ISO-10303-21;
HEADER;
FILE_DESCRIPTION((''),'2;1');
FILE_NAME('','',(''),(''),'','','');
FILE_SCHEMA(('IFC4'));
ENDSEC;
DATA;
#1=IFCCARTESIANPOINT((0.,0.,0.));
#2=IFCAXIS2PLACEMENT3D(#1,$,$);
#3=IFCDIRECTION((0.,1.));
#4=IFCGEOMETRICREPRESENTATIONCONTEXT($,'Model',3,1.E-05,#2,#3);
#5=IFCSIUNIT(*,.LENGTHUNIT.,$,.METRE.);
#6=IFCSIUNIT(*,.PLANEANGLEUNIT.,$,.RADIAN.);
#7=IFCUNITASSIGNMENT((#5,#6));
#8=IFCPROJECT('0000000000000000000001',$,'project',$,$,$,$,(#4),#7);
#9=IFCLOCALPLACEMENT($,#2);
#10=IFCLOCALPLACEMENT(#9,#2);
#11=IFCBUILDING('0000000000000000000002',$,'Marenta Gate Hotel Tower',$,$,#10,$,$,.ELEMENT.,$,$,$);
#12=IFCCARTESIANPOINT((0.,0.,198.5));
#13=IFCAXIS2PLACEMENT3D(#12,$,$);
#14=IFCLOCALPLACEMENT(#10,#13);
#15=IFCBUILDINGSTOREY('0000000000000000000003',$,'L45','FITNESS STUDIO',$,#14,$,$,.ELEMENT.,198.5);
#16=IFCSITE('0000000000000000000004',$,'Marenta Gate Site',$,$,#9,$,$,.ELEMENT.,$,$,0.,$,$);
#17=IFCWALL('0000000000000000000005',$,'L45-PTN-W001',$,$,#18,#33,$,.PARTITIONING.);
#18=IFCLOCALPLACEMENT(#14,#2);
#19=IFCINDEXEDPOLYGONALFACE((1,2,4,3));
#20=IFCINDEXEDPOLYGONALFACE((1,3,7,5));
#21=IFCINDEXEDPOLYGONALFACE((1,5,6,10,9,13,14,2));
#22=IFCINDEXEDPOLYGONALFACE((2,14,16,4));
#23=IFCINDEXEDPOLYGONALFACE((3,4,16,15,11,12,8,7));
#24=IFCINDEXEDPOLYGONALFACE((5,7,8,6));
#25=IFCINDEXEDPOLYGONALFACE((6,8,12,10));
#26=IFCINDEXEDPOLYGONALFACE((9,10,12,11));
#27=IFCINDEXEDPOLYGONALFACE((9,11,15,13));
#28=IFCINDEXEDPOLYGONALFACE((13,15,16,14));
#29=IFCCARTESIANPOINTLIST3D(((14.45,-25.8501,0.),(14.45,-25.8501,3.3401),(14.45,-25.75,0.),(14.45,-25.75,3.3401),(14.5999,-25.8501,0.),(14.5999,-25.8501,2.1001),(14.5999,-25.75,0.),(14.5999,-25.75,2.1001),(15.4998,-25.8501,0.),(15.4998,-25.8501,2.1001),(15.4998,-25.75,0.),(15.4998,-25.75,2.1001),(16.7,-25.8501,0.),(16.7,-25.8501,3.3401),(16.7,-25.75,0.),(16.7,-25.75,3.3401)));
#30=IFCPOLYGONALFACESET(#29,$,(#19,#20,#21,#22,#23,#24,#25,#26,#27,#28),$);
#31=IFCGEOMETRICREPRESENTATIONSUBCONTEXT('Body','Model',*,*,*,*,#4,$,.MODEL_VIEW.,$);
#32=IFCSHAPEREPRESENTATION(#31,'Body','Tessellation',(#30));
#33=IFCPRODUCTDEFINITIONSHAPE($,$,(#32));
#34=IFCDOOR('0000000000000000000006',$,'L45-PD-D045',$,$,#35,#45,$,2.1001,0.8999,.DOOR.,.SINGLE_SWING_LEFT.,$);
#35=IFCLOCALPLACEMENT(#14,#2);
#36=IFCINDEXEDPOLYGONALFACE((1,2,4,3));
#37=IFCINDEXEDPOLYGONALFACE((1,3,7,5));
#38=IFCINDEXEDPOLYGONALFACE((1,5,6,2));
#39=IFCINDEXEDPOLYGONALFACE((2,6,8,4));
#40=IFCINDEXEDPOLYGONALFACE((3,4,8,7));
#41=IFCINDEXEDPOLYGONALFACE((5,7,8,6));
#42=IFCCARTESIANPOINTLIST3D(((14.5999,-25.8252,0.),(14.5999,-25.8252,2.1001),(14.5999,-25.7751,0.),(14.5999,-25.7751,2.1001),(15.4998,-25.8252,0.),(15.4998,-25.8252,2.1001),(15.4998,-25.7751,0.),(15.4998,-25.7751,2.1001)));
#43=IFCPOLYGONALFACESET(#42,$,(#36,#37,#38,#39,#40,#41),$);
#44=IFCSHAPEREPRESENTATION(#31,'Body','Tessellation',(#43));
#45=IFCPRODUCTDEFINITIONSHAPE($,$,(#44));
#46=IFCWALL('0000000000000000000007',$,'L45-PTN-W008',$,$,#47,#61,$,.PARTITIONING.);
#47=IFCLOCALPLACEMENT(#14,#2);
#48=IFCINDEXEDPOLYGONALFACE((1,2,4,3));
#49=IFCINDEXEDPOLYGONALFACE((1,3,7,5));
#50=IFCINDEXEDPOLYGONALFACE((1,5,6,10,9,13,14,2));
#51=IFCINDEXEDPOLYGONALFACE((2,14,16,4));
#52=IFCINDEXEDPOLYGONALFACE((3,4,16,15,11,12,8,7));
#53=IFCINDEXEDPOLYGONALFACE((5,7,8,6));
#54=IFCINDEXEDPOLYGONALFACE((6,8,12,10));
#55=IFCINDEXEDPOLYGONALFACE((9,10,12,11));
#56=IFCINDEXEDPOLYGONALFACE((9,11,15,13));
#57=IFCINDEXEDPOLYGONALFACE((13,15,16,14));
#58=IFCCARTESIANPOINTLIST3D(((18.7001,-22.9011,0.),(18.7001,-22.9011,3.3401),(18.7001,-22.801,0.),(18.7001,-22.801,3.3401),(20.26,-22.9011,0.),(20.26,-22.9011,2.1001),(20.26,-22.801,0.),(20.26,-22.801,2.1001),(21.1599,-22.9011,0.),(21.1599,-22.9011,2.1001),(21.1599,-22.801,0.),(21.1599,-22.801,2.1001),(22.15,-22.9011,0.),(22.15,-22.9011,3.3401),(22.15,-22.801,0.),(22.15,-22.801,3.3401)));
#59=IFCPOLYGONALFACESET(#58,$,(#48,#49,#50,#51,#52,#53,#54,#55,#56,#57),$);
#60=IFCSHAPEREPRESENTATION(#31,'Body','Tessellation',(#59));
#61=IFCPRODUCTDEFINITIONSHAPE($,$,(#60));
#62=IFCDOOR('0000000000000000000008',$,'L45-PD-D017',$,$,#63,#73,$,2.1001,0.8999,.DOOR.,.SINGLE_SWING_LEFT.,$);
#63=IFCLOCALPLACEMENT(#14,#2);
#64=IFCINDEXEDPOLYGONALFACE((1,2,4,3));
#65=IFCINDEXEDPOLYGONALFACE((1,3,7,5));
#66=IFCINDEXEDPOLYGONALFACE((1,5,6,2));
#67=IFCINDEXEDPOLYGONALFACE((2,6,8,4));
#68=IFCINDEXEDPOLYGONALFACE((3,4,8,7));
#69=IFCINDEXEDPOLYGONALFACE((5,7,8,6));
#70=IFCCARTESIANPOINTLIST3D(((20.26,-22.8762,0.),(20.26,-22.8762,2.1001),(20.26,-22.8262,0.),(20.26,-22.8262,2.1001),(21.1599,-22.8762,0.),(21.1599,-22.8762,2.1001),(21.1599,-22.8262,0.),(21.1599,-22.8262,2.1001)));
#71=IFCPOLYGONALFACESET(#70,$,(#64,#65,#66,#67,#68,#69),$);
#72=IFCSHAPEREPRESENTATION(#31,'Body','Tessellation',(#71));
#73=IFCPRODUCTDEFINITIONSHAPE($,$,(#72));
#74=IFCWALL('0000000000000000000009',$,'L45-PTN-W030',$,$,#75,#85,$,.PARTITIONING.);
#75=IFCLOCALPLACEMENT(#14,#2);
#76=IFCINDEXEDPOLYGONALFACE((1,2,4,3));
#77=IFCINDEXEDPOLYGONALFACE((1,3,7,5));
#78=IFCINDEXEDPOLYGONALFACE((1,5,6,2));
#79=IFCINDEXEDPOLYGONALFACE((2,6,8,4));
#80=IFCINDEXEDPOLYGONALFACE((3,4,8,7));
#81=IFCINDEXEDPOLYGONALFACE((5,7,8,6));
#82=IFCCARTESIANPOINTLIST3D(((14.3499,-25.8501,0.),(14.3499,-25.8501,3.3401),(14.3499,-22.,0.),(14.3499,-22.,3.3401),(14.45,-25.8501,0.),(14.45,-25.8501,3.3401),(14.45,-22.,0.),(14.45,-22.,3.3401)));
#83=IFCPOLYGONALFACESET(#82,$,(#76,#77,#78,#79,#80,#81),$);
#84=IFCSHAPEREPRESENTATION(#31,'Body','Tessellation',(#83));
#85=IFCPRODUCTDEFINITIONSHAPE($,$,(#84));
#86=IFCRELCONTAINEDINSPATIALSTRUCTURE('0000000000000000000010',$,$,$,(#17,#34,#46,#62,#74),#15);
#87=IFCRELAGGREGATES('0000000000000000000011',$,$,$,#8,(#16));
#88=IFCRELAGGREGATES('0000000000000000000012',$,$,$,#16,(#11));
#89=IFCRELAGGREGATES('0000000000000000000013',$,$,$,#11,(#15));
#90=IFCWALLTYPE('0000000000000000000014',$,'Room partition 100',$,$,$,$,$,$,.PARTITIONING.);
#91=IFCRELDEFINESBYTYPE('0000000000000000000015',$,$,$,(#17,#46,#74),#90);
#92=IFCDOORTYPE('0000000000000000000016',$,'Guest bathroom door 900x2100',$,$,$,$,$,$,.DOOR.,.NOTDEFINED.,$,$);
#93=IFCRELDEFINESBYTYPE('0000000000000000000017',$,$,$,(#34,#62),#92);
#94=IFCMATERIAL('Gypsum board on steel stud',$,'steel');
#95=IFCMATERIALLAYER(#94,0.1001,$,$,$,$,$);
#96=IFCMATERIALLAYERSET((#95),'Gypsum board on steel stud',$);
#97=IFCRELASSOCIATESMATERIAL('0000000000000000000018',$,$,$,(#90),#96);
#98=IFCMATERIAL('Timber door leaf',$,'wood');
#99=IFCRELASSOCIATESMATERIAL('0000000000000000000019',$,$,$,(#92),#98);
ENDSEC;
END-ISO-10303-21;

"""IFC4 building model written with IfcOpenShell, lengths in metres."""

from ifc_helpers import new_model, si_unit, direction, frame, frame_2d, origin, place, context, subcontext, project, spatial, rectangle, extrude, material, layer, layer_set, type_object, element, fill, save


model = new_model("IFC4")

# Units and contexts
model_context = context("Model", 3, precision=1e-05, world=origin(), true_north=direction((0.0, 1.0)))
body_context = subcontext(model_context, "Body", "Model", "MODEL_VIEW")
ifc_project = project(units=[si_unit("LENGTHUNIT", "METRE"), si_unit("PLANEANGLEUNIT", "RADIAN")], contexts=[model_context])

# Site, building, storey
site_placement = place(None, origin())
site = spatial("IfcSite", under=ifc_project, at=site_placement, Name="Marenta Gate Site", CompositionType="ELEMENT", RefElevation=0.0)
building_placement = place(site_placement, origin())
building = spatial("IfcBuilding", under=site, at=building_placement, Name="Marenta Gate Hotel Tower", CompositionType="ELEMENT")
storey_placement = place(building_placement, frame((0.0, 0.0, 198.5)))
storey = spatial("IfcBuildingStorey", under=building, at=storey_placement, Name="L45", Description="FITNESS STUDIO", CompositionType="ELEMENT", Elevation=198.5)

# Walls, openings, doors
ifc_material_1 = material(Name="Gypsum board on steel stud", Category="steel")
ifc_layer_1 = layer(ifc_material_1, 0.1001)
ifc_layer_set_1 = layer_set([ifc_layer_1], Name="Gypsum board on steel stud")
wall_type_1 = type_object("IfcWallType", Name="Room partition 100", PredefinedType="PARTITIONING", material=ifc_layer_set_1)
wall_1_placement = place(storey_placement, frame((14.45, -25.8, 0.0), z_axis=(0.0, 0.0, 1.0), x_axis=(1.0, 0.0, 0.0)))
wall_1 = element("IfcWall", 1, at=wall_1_placement, inside=storey, type_object=wall_type_1, Name="L45-PTN-W001", PredefinedType="PARTITIONING", context=body_context, shape_type="SweptSolid", body=[
    extrude(rectangle(XDim=2.25, YDim=0.1001, at=frame_2d((1.125, 0.0))), origin(), (0.0, 0.0, 1.0), 3.3401),
])
opening_1_placement = place(wall_1_placement, frame((0.1499, 0.0, 0.0)))
opening_1 = element("IfcOpeningElement", 2, at=opening_1_placement, cuts=wall_1, PredefinedType="OPENING", context=body_context, shape_type="SweptSolid", body=[
    extrude(rectangle(XDim=0.8999, YDim=2.1001, at=frame_2d((0.45, 1.05))), frame((0.0, 0.05, 0.0), z_axis=(0.0, -1.0, 0.0), x_axis=(1.0, 0.0, 0.0)), (0.0, 0.0, 1.0), 0.1001),
])
ifc_material_2 = material(Name="Timber door leaf", Category="wood")
door_type_1 = type_object("IfcDoorType", Name="Guest bathroom door 900x2100", OperationType="NOTDEFINED", PredefinedType="DOOR", material=ifc_material_2)
door_1_placement = place(opening_1_placement, origin())
door_1 = element("IfcDoor", 3, at=door_1_placement, inside=storey, type_object=door_type_1, Name="L45-PD-D045", OperationType="SINGLE_SWING_LEFT", OverallHeight=2.1001, OverallWidth=0.8999, PredefinedType="DOOR", context=body_context, shape_type="SweptSolid", body=[
    extrude(rectangle(XDim=0.8999, YDim=2.1001, at=frame_2d((0.45, 1.05))), frame((0.0, 0.0249, 0.0), z_axis=(0.0, -1.0, 0.0), x_axis=(1.0, 0.0, 0.0)), (0.0, 0.0, 1.0), 0.05),
])
fill(opening_1, door_1)
wall_2_placement = place(storey_placement, frame((18.7, -22.8511, 0.0), z_axis=(0.0, 0.0, 1.0), x_axis=(1.0, 0.0, 0.0)))
wall_2 = element("IfcWall", 4, at=wall_2_placement, inside=storey, type_object=wall_type_1, Name="L45-PTN-W008", PredefinedType="PARTITIONING", context=body_context, shape_type="SweptSolid", body=[
    extrude(rectangle(XDim=3.45, YDim=0.1001, at=frame_2d((1.7251, 0.0))), origin(), (0.0, 0.0, 1.0), 3.3401),
])
opening_2_placement = place(wall_2_placement, frame((1.5601, 0.0, 0.0)))
opening_2 = element("IfcOpeningElement", 5, at=opening_2_placement, cuts=wall_2, PredefinedType="OPENING", context=body_context, shape_type="SweptSolid", body=[
    extrude(rectangle(XDim=0.8999, YDim=2.1001, at=frame_2d((0.45, 1.05))), frame((0.0, 0.05, 0.0), z_axis=(0.0, -1.0, 0.0), x_axis=(1.0, 0.0, 0.0)), (0.0, 0.0, 1.0), 0.1001),
])
door_2_placement = place(opening_2_placement, origin())
door_2 = element("IfcDoor", 6, at=door_2_placement, inside=storey, type_object=door_type_1, Name="L45-PD-D017", OperationType="SINGLE_SWING_LEFT", OverallHeight=2.1001, OverallWidth=0.8999, PredefinedType="DOOR", context=body_context, shape_type="SweptSolid", body=[
    extrude(rectangle(XDim=0.8999, YDim=2.1001, at=frame_2d((0.45, 1.05))), frame((0.0, 0.0249, 0.0), z_axis=(0.0, -1.0, 0.0), x_axis=(1.0, 0.0, 0.0)), (0.0, 0.0, 1.0), 0.05),
])
fill(opening_2, door_2)

# Wall
wall_3_placement = place(storey_placement, frame((14.3999, -25.8501, 0.0), z_axis=(0.0, 0.0, 1.0), x_axis=(0.0, 1.0, 0.0)))
element("IfcWall", 7, at=wall_3_placement, inside=storey, type_object=wall_type_1, Name="L45-PTN-W030", PredefinedType="PARTITIONING", context=body_context, shape_type="SweptSolid", body=[
    extrude(rectangle(XDim=3.8501, YDim=0.1001, at=frame_2d((1.925, 0.0))), origin(), (0.0, 0.0, 1.0), 3.3401),
])

save(model, "model.ifc")
